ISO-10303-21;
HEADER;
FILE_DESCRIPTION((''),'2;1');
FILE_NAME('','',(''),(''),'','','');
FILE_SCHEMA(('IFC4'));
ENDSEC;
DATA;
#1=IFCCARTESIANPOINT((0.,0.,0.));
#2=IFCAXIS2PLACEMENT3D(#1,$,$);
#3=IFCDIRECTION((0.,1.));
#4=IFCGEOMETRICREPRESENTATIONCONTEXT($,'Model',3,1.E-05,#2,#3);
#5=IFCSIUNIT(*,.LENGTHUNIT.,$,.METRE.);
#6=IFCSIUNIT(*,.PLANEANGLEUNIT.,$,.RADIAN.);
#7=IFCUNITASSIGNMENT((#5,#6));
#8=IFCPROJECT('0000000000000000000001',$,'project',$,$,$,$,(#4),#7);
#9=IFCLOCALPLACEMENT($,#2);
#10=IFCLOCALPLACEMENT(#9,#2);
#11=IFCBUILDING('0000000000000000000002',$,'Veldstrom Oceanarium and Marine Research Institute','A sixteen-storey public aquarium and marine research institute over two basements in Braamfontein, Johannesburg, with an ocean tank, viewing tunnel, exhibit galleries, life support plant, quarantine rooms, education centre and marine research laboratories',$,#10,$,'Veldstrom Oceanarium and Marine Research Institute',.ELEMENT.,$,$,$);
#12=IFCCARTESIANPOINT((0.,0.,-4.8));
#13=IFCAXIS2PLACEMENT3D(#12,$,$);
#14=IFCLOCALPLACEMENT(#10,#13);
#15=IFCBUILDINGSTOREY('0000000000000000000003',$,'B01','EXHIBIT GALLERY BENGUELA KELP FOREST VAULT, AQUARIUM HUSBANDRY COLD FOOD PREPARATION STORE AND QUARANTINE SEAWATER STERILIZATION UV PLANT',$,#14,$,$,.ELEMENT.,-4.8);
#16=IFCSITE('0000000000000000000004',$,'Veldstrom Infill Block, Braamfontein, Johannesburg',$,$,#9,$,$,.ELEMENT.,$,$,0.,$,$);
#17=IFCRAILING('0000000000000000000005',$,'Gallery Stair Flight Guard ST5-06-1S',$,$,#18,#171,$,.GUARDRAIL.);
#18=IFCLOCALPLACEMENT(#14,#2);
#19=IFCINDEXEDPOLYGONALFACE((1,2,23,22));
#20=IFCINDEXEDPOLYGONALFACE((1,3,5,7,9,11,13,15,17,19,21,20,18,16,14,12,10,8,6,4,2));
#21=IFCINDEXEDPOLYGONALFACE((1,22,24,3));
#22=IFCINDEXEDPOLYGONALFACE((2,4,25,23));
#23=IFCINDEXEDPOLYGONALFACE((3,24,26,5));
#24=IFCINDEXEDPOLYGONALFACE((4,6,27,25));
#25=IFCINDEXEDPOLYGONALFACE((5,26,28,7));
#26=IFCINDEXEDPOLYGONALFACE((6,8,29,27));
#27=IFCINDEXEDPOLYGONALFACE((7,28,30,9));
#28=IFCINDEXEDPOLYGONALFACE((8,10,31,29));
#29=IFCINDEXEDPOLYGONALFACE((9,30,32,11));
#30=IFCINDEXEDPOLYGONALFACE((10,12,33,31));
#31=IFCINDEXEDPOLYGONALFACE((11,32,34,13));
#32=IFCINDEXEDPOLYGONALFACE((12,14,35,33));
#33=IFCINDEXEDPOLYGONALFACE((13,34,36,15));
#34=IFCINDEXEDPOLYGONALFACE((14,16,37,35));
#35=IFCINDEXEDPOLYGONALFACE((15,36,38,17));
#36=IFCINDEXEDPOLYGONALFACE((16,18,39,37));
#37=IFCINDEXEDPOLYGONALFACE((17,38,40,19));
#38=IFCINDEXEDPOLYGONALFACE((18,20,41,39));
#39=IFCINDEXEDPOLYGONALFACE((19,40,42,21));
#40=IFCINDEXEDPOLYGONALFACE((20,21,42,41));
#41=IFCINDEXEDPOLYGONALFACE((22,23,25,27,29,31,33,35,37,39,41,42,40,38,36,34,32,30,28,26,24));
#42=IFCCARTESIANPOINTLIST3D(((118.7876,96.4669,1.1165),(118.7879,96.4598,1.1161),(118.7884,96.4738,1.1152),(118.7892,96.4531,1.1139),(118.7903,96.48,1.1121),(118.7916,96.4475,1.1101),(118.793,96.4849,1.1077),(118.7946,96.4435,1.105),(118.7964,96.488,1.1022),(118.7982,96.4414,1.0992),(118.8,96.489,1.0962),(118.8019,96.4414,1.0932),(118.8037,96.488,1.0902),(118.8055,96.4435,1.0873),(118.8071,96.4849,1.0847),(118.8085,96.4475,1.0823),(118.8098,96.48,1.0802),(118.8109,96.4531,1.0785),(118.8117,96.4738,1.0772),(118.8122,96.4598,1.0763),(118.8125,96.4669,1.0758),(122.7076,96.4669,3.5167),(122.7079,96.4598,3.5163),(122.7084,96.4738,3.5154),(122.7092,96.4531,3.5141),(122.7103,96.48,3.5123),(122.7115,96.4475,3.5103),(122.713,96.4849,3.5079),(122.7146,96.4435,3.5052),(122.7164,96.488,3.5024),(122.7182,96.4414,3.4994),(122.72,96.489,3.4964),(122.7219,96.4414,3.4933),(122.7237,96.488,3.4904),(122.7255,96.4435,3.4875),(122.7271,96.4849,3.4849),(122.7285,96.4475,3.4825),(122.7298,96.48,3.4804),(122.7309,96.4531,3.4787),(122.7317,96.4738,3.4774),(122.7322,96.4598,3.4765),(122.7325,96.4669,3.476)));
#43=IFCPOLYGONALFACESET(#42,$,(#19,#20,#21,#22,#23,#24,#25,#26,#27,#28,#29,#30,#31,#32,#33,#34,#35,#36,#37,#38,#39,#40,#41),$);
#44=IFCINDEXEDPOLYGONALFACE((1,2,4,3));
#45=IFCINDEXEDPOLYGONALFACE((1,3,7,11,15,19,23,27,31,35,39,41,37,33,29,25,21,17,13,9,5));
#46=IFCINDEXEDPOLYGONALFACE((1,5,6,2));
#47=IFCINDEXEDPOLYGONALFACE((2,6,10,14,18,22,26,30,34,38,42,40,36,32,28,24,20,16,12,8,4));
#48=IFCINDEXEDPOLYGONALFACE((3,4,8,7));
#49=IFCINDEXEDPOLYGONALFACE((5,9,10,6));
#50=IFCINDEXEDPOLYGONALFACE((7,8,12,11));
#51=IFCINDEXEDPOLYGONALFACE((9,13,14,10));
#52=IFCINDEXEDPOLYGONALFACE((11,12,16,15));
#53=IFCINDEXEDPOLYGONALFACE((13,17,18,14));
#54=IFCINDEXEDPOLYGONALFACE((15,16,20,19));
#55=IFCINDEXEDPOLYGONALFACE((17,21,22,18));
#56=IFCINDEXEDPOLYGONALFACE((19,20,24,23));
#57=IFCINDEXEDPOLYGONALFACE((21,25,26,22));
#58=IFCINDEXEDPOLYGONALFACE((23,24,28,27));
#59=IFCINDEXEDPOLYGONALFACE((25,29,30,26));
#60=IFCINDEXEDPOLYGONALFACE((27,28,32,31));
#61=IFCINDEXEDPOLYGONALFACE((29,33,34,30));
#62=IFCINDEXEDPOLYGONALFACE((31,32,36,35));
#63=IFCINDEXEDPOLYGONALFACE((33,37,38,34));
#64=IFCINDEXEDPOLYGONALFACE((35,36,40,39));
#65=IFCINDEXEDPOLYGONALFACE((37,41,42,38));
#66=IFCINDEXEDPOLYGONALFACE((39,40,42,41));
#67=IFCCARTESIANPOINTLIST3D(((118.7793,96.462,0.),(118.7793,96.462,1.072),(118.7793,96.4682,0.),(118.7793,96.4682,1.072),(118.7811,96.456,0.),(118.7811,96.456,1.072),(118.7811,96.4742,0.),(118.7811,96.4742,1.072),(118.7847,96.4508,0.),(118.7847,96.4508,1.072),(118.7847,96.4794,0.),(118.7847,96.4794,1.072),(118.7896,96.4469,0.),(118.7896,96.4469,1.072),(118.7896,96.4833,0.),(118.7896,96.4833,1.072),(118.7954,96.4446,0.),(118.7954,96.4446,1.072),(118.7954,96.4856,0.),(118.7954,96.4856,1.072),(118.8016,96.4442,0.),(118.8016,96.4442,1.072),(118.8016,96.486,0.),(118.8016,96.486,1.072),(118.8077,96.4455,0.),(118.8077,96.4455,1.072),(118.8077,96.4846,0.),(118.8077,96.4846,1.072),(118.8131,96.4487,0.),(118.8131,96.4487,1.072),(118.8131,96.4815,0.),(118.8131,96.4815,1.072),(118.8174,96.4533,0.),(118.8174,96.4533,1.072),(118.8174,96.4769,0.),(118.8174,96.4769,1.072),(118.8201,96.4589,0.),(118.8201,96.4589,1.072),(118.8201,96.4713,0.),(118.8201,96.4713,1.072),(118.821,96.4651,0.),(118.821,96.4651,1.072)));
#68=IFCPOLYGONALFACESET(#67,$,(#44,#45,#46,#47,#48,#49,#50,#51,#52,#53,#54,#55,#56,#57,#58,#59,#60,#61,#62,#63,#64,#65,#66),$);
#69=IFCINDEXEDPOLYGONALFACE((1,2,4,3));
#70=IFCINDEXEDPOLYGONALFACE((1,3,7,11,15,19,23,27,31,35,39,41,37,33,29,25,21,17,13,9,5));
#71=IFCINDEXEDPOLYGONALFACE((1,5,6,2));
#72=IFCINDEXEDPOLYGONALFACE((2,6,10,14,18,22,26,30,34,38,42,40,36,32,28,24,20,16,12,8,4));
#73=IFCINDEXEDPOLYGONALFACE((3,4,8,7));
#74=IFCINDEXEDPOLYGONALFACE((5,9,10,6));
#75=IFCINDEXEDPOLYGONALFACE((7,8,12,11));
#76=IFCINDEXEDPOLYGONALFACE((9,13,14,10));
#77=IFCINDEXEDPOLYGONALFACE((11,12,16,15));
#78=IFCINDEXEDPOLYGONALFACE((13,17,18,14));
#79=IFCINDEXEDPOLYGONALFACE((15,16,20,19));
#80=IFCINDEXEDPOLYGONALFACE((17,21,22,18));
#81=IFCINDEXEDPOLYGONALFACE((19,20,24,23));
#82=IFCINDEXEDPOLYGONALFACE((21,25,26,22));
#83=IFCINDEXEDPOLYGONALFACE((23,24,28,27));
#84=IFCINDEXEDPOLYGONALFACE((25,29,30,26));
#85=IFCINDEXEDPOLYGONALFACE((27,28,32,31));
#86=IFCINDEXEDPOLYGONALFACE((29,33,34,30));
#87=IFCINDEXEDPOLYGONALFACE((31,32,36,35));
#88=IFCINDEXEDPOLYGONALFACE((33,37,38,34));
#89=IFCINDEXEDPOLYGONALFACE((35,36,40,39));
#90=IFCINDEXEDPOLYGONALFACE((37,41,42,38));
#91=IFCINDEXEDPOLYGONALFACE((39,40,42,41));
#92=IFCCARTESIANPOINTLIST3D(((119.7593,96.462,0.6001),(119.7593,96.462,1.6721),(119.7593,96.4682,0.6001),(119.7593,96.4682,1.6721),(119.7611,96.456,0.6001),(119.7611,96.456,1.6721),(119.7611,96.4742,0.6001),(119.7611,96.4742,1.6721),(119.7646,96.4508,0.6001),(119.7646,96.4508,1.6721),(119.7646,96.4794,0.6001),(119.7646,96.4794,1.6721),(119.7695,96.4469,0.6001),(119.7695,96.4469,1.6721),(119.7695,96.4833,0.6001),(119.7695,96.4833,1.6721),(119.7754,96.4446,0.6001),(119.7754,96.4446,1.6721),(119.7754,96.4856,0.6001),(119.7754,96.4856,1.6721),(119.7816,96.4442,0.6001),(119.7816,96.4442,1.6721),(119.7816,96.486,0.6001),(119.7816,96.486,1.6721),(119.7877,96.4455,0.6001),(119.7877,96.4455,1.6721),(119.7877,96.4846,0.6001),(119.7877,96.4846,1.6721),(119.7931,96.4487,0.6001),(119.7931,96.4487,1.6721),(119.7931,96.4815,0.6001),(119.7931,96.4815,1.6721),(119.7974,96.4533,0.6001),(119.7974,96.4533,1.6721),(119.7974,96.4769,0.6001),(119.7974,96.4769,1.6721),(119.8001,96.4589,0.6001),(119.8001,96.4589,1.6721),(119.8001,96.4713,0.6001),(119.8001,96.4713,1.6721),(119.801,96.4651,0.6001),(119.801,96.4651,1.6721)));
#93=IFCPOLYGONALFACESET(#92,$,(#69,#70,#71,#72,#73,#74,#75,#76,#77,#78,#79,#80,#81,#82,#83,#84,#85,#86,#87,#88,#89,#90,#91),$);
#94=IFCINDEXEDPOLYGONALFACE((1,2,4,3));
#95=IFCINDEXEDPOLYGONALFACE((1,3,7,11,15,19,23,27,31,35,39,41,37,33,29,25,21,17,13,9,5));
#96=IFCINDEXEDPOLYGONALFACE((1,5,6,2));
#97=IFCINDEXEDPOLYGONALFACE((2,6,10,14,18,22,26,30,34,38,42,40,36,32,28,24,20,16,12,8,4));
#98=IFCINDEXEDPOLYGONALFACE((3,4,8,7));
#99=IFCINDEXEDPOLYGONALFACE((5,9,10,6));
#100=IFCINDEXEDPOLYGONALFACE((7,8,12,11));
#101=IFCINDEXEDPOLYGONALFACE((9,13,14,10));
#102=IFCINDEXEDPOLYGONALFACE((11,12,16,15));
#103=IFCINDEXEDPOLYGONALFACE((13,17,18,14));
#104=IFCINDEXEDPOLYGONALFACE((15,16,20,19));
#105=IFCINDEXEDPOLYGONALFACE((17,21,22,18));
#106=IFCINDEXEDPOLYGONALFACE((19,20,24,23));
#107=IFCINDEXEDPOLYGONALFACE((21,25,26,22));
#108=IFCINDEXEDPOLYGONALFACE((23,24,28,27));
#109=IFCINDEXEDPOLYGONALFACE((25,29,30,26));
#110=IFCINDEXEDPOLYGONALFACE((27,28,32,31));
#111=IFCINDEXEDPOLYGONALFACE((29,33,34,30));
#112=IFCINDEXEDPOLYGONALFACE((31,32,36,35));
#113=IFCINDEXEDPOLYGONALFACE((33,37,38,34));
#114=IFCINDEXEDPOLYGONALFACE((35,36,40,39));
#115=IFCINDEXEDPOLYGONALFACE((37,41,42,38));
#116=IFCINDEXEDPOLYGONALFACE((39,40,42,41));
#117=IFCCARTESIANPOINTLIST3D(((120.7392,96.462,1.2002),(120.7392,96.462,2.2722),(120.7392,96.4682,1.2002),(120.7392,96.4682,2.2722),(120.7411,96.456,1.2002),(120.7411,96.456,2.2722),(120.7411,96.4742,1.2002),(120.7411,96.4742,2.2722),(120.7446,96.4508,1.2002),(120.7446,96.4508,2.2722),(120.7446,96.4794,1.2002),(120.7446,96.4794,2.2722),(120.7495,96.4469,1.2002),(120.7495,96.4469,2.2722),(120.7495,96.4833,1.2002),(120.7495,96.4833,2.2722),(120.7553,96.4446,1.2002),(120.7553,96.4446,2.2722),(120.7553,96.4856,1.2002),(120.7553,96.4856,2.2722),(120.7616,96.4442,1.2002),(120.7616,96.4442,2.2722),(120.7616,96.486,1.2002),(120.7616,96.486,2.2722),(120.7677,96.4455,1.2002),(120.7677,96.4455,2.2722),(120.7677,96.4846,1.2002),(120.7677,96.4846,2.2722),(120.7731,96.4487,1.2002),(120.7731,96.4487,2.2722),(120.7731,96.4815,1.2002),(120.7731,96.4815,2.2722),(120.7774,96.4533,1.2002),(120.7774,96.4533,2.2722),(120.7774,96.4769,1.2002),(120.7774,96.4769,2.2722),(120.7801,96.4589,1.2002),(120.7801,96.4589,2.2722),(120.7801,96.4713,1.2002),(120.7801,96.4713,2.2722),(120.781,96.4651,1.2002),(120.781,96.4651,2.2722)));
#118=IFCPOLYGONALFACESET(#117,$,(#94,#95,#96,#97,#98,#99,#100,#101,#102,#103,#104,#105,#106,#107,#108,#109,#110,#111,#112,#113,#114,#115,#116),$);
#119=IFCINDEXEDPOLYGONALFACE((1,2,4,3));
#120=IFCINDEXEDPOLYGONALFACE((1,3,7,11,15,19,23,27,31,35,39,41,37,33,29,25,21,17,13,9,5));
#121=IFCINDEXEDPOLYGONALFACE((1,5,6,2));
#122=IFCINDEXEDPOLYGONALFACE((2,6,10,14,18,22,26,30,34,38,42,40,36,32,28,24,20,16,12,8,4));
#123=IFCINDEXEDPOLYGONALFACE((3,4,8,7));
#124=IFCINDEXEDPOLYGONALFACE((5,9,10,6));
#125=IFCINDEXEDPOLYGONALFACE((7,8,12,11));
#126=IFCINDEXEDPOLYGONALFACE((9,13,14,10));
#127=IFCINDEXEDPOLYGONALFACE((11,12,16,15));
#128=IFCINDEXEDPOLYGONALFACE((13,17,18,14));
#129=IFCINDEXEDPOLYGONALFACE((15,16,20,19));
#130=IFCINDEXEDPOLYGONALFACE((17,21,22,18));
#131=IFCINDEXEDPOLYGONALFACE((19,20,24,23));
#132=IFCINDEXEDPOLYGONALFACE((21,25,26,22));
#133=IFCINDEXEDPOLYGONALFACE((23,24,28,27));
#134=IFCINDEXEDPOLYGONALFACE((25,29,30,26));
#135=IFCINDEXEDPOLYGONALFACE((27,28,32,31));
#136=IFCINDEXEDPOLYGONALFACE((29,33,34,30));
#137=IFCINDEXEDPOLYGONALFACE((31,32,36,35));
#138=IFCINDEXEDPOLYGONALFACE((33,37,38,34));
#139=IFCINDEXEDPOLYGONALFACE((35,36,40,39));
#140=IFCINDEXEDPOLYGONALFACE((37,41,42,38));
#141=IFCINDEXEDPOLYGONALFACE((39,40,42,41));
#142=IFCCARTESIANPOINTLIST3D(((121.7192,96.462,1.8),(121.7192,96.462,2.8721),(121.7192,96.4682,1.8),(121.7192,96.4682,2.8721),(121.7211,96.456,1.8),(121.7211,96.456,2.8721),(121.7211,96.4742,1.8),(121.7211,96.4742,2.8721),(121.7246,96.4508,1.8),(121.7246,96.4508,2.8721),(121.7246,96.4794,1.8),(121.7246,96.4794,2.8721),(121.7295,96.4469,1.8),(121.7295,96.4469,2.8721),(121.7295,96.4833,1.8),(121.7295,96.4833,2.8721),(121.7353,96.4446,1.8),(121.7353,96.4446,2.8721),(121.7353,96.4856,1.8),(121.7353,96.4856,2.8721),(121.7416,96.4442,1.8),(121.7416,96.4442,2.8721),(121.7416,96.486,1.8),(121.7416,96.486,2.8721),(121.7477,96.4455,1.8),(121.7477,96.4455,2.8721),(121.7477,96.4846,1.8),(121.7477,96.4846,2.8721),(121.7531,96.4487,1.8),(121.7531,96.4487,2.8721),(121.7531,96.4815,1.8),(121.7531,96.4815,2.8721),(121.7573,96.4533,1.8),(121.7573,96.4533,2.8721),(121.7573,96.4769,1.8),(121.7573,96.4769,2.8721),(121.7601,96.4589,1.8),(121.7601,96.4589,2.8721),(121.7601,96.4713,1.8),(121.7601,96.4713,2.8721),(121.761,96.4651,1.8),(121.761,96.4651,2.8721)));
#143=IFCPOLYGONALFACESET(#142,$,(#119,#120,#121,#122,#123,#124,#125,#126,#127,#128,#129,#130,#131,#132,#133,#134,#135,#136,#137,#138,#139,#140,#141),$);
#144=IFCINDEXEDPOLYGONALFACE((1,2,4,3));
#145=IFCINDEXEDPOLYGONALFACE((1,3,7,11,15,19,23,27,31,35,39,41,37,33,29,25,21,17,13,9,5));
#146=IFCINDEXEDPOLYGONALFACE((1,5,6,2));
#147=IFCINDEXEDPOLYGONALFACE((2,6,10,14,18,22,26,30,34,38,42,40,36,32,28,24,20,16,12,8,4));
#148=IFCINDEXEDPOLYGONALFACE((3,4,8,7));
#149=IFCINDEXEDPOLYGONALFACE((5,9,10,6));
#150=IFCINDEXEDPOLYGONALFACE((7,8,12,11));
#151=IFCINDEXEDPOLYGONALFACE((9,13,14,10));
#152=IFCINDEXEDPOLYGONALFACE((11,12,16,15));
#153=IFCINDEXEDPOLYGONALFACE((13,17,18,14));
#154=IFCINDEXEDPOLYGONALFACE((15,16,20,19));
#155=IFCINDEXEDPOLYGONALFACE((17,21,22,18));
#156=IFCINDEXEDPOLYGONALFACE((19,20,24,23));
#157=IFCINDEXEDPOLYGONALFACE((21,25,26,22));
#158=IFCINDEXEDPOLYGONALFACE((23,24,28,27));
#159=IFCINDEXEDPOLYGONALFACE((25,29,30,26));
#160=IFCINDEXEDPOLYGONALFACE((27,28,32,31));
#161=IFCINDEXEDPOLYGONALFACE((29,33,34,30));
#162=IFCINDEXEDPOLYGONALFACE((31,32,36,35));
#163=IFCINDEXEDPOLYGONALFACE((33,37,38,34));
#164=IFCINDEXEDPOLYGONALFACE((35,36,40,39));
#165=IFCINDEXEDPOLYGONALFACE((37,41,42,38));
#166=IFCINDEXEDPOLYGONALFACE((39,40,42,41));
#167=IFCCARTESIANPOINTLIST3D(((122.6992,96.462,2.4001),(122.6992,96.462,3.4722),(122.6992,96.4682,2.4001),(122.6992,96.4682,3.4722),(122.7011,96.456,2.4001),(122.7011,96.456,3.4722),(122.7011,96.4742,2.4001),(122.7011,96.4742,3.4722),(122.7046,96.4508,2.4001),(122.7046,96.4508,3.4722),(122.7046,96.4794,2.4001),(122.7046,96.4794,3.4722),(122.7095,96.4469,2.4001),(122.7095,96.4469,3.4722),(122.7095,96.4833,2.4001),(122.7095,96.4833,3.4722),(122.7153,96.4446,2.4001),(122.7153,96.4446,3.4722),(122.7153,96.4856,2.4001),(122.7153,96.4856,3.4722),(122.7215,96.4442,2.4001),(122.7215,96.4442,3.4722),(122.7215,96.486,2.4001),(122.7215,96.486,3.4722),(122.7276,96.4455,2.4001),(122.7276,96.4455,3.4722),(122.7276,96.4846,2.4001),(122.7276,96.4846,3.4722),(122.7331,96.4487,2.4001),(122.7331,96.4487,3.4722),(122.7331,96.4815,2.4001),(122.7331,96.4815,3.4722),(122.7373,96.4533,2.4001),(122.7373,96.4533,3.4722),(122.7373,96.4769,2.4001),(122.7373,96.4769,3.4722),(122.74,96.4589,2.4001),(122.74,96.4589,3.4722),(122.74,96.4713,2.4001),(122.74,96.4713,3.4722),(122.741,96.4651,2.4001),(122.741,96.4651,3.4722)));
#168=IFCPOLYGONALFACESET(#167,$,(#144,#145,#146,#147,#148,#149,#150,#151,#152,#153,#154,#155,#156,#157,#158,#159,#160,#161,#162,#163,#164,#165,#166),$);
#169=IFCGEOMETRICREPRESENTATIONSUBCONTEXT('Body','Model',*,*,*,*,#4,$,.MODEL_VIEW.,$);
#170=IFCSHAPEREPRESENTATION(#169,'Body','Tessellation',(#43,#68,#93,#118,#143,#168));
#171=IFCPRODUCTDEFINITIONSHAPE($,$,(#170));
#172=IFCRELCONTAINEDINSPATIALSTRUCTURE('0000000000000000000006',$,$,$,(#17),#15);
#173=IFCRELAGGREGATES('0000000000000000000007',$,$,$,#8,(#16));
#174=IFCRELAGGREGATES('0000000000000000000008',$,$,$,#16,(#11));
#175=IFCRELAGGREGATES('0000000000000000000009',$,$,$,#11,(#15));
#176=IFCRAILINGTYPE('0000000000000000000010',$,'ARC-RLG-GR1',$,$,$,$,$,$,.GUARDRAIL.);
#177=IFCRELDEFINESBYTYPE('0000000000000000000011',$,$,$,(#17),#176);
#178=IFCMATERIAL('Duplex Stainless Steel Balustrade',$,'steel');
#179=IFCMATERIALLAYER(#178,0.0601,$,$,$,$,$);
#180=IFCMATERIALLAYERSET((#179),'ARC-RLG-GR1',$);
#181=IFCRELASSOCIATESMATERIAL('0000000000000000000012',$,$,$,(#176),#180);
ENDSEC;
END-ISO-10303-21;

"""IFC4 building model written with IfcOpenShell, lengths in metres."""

from ifc_helpers import new_model, si_unit, direction, frame, origin, origin_2d, place, context, subcontext, project, spatial, circle, extrude, material, layer, layer_set, type_object, element, save


model = new_model("IFC4")

# Units and contexts
model_context = context("Model", 3, precision=1e-05, world=origin(), true_north=direction((0.0, 1.0)))
body_context = subcontext(model_context, "Body", "Model", "MODEL_VIEW")
ifc_project = project(units=[si_unit("LENGTHUNIT", "METRE"), si_unit("PLANEANGLEUNIT", "RADIAN")], contexts=[model_context])

# Site, building, storey
site_placement = place(None, origin())
site = spatial("IfcSite", under=ifc_project, at=site_placement, Name="Veldstrom Infill Block, Braamfontein, Johannesburg", CompositionType="ELEMENT", RefElevation=0.0)
building_placement = place(site_placement, origin())
building = spatial("IfcBuilding", under=site, at=building_placement, Name="Veldstrom Oceanarium and Marine Research Institute", Description="A sixteen-storey public aquarium and marine research institute over two basements in Braamfontein, Johannesburg, with an ocean tank, viewing tunnel, exhibit galleries, life support plant, quarantine rooms, education centre and marine research laboratories", LongName="Veldstrom Oceanarium and Marine Research Institute", CompositionType="ELEMENT")
storey_placement = place(building_placement, frame((0.0, 0.0, -4.8)))
storey = spatial("IfcBuildingStorey", under=building, at=storey_placement, Name="B01", Description="EXHIBIT GALLERY BENGUELA KELP FOREST VAULT, AQUARIUM HUSBANDRY COLD FOOD PREPARATION STORE AND QUARANTINE SEAWATER STERILIZATION UV PLANT", CompositionType="ELEMENT", Elevation=-4.8)

# Railing
ifc_material_1 = material(Name="Duplex Stainless Steel Balustrade", Category="steel")
ifc_layer_1 = layer(ifc_material_1, 0.0601)
ifc_layer_set_1 = layer_set([ifc_layer_1], Name="ARC-RLG-GR1")
railing_type = type_object("IfcRailingType", Name="ARC-RLG-GR1", PredefinedType="GUARDRAIL", material=ifc_layer_set_1)
railing_1_placement = place(storey_placement, frame((118.8, 96.4651, 0.0)))
element("IfcRailing", 1, at=railing_1_placement, inside=storey, type_object=railing_type, Name="Gallery Stair Flight Guard ST5-06-1S", PredefinedType="GUARDRAIL", context=body_context, shape_type="SweptSolid", body=[
    extrude(circle(Radius=0.0239, at=origin_2d()), frame((0.0, 0.0, 1.0962), z_axis=(0.852832, 0.0, 0.522185), x_axis=(0.0, 1.0, 0.0)), (0.0, 0.0, 1.0), 4.5964),
    extrude(circle(Radius=0.021, at=origin_2d()), origin(), (0.0, 0.0, 1.0), 1.072),
    extrude(circle(Radius=0.021, at=origin_2d()), frame((0.98, 0.0, 0.6001)), (0.0, 0.0, 1.0), 1.072),
    extrude(circle(Radius=0.021, at=origin_2d()), frame((1.96, 0.0, 1.2002)), (0.0, 0.0, 1.0), 1.072),
    extrude(circle(Radius=0.021, at=origin_2d()), frame((2.9399, 0.0, 1.8)), (0.0, 0.0, 1.0), 1.072),
    extrude(circle(Radius=0.021, at=origin_2d()), frame((3.9199, 0.0, 2.4001)), (0.0, 0.0, 1.0), 1.072),
])

save(model, "model.ifc")
